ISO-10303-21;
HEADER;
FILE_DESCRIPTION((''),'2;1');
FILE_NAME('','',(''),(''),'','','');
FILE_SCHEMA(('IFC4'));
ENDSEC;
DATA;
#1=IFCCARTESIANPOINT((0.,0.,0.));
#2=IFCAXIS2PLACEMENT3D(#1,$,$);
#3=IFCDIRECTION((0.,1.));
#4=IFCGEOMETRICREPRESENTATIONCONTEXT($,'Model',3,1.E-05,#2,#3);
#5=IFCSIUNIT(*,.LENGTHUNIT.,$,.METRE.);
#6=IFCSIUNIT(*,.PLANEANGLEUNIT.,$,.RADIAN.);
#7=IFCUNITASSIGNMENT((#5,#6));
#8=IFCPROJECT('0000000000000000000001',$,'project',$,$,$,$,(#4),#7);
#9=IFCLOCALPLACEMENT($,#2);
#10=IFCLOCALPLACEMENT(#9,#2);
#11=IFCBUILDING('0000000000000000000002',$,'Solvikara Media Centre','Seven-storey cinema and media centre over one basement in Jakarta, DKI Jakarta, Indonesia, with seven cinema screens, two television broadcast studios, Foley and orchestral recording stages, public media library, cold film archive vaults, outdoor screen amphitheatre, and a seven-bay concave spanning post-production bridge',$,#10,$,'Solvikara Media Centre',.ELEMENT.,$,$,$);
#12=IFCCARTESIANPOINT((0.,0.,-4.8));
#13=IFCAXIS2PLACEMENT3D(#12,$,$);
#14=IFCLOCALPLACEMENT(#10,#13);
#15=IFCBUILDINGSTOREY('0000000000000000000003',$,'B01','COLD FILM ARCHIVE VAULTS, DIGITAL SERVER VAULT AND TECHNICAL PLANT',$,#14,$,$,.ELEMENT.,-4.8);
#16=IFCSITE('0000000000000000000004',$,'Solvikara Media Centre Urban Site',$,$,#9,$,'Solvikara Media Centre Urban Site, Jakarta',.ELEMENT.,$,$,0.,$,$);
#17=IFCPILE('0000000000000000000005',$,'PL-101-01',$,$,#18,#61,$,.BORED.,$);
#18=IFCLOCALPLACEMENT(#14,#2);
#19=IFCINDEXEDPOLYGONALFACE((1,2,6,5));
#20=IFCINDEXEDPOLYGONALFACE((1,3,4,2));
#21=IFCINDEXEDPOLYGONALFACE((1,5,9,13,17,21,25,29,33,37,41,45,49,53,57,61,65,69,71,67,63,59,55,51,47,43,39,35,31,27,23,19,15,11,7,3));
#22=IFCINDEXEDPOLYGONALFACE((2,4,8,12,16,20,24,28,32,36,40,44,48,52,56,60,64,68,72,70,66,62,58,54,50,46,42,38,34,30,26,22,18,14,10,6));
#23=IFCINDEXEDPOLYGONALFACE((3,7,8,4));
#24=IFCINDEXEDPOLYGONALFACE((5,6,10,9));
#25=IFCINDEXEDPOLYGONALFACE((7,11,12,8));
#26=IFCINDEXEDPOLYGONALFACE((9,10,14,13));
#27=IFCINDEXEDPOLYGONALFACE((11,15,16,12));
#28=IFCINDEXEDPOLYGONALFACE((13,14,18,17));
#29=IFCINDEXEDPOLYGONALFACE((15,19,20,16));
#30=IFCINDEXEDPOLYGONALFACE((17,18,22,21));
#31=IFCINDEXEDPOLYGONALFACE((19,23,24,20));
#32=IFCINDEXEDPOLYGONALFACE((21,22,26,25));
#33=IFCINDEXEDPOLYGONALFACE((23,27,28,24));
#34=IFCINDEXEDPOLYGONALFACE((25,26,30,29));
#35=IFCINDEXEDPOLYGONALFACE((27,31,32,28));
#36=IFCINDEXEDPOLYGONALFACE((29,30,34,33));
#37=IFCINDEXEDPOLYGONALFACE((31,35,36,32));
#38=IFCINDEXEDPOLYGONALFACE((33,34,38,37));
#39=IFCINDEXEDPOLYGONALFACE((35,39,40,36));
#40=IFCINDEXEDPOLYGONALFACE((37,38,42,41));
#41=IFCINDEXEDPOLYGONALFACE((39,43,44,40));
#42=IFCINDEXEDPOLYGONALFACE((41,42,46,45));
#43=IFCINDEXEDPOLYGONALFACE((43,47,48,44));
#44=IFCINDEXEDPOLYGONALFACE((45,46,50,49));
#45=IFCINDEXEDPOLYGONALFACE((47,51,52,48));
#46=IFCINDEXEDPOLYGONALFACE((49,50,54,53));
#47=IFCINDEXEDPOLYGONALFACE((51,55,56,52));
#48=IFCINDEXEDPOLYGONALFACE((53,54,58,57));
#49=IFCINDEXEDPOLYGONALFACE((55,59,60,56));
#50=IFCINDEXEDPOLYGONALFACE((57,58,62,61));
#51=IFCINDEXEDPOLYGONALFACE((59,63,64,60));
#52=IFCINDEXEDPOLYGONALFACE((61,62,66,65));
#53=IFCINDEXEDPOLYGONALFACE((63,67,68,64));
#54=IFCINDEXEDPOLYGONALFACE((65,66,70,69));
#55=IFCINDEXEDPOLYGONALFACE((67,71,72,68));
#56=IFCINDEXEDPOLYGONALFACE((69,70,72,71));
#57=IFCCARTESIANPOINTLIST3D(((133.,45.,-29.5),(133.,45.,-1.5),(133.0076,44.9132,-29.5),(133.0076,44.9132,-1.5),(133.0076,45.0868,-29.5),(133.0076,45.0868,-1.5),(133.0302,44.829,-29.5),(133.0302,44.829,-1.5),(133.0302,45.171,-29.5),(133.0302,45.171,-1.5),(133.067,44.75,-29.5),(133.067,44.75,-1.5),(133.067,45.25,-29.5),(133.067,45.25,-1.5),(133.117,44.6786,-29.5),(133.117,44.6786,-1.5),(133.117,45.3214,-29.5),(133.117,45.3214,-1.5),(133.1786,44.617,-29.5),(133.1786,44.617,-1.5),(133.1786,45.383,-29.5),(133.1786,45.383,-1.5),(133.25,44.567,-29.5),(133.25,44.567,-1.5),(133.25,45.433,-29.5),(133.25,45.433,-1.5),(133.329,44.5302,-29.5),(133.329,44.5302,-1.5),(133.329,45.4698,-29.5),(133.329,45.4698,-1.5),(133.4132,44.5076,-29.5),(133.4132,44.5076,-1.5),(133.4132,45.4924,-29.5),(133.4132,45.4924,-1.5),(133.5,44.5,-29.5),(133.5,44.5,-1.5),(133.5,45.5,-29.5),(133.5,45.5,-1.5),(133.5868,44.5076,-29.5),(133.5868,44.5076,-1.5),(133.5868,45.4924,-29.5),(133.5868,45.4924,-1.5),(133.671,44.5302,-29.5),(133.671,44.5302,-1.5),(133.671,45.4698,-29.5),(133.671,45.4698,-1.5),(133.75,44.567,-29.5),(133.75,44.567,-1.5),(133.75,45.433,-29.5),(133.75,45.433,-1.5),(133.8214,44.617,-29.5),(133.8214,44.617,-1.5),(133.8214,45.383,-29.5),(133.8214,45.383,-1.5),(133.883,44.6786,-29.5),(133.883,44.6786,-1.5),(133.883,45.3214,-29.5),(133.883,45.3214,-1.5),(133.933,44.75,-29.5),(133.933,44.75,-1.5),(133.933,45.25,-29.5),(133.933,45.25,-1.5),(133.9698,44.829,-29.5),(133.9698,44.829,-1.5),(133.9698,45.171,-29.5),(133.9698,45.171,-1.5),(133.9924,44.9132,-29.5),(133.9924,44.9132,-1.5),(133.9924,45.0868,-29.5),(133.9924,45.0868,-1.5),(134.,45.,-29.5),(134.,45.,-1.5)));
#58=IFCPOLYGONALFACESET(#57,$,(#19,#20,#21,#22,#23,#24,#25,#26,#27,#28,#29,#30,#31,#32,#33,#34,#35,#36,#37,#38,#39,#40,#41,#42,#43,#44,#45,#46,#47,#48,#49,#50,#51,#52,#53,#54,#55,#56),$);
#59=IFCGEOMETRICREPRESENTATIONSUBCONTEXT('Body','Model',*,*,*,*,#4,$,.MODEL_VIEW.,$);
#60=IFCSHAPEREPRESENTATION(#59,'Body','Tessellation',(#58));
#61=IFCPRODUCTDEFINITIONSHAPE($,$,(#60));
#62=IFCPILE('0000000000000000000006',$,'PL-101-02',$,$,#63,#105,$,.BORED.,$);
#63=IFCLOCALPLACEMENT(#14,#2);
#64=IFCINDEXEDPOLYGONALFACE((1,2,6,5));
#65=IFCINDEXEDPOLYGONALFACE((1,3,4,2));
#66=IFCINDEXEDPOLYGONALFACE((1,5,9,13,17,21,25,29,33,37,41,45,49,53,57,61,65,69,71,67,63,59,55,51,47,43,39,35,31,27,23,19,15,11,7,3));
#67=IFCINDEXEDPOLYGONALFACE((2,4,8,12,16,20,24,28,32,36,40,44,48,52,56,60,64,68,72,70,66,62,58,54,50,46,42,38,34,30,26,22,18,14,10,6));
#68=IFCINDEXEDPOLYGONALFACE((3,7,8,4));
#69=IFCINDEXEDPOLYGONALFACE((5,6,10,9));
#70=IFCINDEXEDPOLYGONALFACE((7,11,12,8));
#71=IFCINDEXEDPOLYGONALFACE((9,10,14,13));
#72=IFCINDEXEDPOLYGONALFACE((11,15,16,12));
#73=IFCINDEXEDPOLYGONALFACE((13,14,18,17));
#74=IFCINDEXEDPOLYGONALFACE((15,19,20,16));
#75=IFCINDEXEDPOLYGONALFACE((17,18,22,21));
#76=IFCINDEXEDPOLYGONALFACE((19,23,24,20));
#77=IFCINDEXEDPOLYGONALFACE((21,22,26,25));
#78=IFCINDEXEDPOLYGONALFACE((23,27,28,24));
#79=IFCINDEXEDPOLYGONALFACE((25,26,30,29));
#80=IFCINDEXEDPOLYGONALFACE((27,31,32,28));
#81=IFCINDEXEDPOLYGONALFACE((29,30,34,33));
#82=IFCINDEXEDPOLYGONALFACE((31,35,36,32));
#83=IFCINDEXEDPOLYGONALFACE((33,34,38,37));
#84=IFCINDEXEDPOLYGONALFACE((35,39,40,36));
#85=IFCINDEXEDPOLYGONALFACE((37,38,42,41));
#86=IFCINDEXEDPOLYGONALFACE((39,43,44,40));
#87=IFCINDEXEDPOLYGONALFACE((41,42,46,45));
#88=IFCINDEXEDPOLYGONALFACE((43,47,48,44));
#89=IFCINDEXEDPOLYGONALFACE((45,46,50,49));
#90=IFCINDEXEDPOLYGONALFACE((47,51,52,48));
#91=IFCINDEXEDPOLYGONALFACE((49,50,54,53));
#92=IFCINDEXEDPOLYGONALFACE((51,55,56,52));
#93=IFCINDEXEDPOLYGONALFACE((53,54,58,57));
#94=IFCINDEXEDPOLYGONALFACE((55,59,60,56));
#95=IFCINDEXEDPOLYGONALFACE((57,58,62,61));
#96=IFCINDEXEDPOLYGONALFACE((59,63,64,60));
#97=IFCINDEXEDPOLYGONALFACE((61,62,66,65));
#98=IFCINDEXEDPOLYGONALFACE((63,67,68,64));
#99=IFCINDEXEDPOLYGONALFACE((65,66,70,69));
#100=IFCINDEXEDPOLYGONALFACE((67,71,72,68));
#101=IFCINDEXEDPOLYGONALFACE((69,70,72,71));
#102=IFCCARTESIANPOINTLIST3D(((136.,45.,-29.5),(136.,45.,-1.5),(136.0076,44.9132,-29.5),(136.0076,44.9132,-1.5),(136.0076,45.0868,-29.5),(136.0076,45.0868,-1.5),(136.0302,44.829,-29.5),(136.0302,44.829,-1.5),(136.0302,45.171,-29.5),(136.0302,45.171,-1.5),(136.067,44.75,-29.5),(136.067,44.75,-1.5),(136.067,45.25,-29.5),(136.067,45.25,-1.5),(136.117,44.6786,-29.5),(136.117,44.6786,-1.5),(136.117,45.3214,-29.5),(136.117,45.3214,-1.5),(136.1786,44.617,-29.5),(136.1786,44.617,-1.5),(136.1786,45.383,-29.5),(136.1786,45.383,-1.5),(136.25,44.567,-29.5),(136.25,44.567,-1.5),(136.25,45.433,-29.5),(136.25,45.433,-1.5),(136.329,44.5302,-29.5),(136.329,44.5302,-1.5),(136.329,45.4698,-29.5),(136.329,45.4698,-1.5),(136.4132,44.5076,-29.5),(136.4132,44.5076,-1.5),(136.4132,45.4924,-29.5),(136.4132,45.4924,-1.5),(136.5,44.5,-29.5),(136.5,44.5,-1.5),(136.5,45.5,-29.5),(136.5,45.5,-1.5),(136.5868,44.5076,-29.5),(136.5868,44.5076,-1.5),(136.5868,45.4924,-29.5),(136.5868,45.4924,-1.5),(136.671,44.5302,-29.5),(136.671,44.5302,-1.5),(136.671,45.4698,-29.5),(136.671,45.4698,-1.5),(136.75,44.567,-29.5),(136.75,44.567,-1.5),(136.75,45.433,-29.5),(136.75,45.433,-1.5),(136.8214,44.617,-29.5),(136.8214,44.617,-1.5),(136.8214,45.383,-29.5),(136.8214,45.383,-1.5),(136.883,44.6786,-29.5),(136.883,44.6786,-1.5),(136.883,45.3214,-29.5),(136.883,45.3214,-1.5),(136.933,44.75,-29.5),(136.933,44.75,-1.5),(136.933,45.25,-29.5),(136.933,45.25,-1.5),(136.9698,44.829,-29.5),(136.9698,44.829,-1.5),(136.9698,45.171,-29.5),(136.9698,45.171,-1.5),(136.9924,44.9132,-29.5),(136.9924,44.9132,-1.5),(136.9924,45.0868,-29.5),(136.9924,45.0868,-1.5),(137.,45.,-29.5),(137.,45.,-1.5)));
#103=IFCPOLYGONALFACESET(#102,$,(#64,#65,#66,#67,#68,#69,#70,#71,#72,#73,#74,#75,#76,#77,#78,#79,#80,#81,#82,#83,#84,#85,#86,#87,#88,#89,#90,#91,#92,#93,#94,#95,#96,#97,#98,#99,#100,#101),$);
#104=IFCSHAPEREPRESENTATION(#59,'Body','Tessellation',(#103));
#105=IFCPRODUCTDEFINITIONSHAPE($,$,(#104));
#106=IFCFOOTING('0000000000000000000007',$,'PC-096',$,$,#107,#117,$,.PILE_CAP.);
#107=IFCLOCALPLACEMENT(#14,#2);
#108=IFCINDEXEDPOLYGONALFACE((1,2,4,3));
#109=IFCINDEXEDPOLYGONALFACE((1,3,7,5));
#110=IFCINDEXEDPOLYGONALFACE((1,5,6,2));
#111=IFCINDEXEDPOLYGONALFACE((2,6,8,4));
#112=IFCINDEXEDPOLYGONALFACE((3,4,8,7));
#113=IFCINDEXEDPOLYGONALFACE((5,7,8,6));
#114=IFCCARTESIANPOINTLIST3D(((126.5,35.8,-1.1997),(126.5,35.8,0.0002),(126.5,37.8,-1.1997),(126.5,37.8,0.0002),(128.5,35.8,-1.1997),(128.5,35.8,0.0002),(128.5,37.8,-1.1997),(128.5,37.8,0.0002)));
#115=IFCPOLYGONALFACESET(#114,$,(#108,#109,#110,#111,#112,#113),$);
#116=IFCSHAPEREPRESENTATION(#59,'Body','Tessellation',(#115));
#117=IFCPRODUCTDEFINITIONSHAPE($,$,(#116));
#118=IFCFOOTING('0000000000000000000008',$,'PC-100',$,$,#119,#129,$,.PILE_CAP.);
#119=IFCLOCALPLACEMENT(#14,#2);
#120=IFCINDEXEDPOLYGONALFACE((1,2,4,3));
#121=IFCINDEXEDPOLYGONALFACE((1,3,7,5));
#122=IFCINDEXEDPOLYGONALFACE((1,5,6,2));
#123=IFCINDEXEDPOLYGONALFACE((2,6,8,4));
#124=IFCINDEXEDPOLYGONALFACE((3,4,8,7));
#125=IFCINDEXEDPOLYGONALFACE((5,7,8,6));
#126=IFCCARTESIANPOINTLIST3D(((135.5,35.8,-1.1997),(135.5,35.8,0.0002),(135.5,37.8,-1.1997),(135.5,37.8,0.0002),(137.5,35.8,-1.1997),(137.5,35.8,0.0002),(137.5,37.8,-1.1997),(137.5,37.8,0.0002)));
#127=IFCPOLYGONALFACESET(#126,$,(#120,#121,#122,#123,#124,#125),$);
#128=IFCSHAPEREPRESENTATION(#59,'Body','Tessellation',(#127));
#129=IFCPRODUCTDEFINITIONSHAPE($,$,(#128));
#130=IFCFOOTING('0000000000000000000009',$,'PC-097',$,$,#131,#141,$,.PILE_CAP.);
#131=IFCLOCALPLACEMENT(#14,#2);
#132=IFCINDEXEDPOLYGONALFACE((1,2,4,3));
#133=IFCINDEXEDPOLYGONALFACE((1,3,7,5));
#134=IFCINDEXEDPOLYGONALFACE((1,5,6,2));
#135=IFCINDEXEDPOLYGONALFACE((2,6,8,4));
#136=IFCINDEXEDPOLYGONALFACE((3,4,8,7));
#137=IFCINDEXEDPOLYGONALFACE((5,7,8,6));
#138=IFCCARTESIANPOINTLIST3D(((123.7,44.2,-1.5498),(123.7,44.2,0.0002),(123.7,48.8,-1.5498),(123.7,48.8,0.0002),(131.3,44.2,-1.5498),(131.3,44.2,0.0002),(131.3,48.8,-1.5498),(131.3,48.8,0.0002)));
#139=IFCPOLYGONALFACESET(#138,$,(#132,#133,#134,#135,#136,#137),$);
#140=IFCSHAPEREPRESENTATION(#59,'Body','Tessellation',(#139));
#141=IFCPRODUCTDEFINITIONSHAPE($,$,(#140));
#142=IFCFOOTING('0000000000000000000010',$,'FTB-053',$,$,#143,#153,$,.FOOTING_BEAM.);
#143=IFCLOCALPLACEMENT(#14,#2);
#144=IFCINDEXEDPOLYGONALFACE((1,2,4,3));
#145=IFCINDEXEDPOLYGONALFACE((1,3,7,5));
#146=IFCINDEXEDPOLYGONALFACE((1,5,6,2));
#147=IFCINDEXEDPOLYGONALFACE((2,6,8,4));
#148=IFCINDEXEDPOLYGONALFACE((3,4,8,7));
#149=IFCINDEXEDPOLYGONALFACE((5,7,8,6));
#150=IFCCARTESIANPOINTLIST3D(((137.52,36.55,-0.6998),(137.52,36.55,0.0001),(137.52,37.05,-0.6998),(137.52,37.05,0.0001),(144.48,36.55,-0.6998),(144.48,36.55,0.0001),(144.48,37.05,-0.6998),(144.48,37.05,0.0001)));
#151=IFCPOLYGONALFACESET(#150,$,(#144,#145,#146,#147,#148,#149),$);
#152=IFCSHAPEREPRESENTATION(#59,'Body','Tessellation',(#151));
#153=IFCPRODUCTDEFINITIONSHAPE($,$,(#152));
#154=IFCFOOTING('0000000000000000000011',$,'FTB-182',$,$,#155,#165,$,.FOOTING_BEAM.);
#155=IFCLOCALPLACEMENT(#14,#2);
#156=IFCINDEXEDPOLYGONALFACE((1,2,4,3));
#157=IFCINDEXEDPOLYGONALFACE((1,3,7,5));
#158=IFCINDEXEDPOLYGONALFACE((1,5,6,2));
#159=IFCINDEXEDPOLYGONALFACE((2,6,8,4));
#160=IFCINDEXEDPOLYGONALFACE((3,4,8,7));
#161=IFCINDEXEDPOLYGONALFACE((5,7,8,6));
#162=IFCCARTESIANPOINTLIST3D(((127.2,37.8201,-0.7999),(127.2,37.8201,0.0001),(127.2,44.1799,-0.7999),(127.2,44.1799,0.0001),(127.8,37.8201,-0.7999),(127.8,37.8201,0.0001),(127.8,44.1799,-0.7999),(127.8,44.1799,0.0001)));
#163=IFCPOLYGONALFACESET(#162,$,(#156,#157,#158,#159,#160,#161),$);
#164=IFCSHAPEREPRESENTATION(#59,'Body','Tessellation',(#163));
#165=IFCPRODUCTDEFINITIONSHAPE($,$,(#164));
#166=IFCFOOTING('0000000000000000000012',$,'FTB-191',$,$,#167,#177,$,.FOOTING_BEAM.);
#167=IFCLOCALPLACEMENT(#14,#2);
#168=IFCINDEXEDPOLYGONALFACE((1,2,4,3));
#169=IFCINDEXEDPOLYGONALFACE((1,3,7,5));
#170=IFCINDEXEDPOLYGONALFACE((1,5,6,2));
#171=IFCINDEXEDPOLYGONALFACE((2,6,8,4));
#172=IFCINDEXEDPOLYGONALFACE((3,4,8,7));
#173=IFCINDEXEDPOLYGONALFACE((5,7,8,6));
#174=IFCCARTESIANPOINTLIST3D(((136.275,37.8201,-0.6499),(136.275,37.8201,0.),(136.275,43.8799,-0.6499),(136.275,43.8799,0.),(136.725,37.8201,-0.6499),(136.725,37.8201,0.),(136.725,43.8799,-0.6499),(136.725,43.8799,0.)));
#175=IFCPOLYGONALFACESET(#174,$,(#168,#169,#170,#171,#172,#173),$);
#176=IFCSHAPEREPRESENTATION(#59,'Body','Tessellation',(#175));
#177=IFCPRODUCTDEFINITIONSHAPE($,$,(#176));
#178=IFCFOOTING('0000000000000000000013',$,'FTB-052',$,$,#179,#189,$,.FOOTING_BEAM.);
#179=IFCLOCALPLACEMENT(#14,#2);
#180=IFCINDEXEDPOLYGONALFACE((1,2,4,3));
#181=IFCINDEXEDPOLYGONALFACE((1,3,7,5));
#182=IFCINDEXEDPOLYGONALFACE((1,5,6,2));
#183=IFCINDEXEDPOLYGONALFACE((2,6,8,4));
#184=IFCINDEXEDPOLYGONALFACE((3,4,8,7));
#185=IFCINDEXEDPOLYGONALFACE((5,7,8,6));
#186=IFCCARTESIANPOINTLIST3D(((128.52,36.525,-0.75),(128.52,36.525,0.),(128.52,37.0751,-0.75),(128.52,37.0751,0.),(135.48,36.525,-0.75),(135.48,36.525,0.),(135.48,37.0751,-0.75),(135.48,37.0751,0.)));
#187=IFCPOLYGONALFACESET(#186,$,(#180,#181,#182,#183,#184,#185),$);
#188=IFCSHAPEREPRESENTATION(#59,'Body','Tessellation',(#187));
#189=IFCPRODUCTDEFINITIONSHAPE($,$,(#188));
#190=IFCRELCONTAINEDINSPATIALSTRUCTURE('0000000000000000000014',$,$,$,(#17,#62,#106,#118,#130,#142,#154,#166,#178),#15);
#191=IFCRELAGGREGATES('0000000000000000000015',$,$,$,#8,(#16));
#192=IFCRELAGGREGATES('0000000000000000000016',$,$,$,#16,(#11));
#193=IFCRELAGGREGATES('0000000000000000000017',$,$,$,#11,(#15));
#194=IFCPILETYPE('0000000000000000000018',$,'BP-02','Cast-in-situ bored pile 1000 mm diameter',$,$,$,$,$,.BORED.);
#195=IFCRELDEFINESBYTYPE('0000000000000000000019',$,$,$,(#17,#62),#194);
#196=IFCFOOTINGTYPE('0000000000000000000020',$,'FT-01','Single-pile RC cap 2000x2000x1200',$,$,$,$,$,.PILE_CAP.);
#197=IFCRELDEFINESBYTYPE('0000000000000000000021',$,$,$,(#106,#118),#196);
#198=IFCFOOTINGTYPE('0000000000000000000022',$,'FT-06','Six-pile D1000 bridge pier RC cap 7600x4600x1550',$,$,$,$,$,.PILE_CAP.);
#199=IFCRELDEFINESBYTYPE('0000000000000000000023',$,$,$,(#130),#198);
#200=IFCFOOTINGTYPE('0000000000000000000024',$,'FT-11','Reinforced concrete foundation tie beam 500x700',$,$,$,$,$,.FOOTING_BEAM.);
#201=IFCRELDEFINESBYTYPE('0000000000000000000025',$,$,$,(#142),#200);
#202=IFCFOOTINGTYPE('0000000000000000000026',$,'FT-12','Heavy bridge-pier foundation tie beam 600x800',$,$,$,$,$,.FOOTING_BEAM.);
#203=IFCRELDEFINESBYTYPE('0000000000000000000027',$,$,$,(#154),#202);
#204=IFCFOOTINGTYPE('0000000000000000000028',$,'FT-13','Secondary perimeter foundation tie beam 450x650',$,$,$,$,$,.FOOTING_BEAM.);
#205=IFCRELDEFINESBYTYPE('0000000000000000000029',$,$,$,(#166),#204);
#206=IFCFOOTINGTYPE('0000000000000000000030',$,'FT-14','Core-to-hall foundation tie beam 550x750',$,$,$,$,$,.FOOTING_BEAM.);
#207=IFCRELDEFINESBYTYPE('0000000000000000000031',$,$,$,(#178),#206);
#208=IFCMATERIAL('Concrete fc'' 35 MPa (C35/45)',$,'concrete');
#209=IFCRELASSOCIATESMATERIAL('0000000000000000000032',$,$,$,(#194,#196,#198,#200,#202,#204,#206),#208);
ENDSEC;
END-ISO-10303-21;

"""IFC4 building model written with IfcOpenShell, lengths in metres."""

from ifc_helpers import new_model, si_unit, direction, frame, origin, origin_2d, place, context, subcontext, project, spatial, rectangle, circle, extrude, material, material_profile, profile_set, type_object, element, save


model = new_model("IFC4")

# Units and contexts
model_context = context("Model", 3, precision=1e-05, world=origin(), true_north=direction((0.0, 1.0)))
body_context = subcontext(model_context, "Body", "Model", "MODEL_VIEW")
ifc_project = project(units=[si_unit("LENGTHUNIT", "METRE"), si_unit("PLANEANGLEUNIT", "RADIAN")], contexts=[model_context])

# Site, building, storey
site_placement = place(None, origin())
site = spatial("IfcSite", under=ifc_project, at=site_placement, Name="Solvikara Media Centre Urban Site", LongName="Solvikara Media Centre Urban Site, Jakarta", CompositionType="ELEMENT", RefElevation=0.0)
building_placement = place(site_placement, origin())
building = spatial("IfcBuilding", under=site, at=building_placement, Name="Solvikara Media Centre", Description="Seven-storey cinema and media centre over one basement in Jakarta, DKI Jakarta, Indonesia, with seven cinema screens, two television broadcast studios, Foley and orchestral recording stages, public media library, cold film archive vaults, outdoor screen amphitheatre, and a seven-bay concave spanning post-production bridge", LongName="Solvikara Media Centre", CompositionType="ELEMENT")
storey_placement = place(building_placement, frame((0.0, 0.0, -4.8)))
storey = spatial("IfcBuildingStorey", under=building, at=storey_placement, Name="B01", Description="COLD FILM ARCHIVE VAULTS, DIGITAL SERVER VAULT AND TECHNICAL PLANT", CompositionType="ELEMENT", Elevation=-4.8)

# Piles
ifc_material_1 = material(Name="Concrete fc' 35 MPa (C35/45)", Category="concrete")
ifc_material_profile_1 = material_profile(ifc_material_1, circle(Radius=0.5, at=origin_2d()), Name="BORED PILE D1000")
ifc_profile_set_1 = profile_set([ifc_material_profile_1], Name="Concrete fc' 35 MPa (C35/45)")
pile_type_1 = type_object("IfcPileType", Name="BP-02", Description="Cast-in-situ bored pile 1000 mm diameter", PredefinedType="BORED", material=ifc_profile_set_1)
for number, where, z_axis, x_axis, name in (
    (1, (133.5, 45.0, -1.5), (0.0, 0.0, -1.0), (1.0, 0.0, 0.0), "PL-101-01"),
    (2, (136.5, 45.0, -1.5), (0.0, 0.0, -1.0), (1.0, 0.0, 0.0), "PL-101-02"),
):
    element("IfcPile", number, at=place(storey_placement, frame(where, z_axis=z_axis, x_axis=x_axis)), inside=storey, type_object=pile_type_1, Name=name, PredefinedType="BORED", context=body_context, shape_type="SweptSolid", body=[
        extrude(circle(Radius=0.5, at=origin_2d()), origin(), (0.0, 0.0, 1.0), 28.0),
    ])

# Footings
footing_type_1 = type_object("IfcFootingType", Name="FT-01", Description="Single-pile RC cap 2000x2000x1200", PredefinedType="PILE_CAP", material=ifc_material_1)
for number, where, z_axis, x_axis, name in (
    (3, (127.5, 36.8, -1.1997), (0.0, 0.0, 1.0), (1.0, 0.0, 0.0), "PC-096"),
    (4, (136.5, 36.8, -1.1997), (0.0, 0.0, 1.0), (1.0, 0.0, 0.0), "PC-100"),
):
    element("IfcFooting", number, at=place(storey_placement, frame(where, z_axis=z_axis, x_axis=x_axis)), inside=storey, type_object=footing_type_1, Name=name, PredefinedType="PILE_CAP", context=body_context, shape_type="SweptSolid", body=[
        extrude(rectangle(XDim=2.0, YDim=2.0, at=origin_2d()), origin(), (0.0, 0.0, 1.0), 1.2),
    ])
footing_type_2 = type_object("IfcFootingType", Name="FT-06", Description="Six-pile D1000 bridge pier RC cap 7600x4600x1550", PredefinedType="PILE_CAP", material=ifc_material_1)
footing_1_placement = place(storey_placement, frame((127.5, 46.5, -1.5498), z_axis=(0.0, 0.0, 1.0), x_axis=(1.0, 0.0, 0.0)))
element("IfcFooting", 5, at=footing_1_placement, inside=storey, type_object=footing_type_2, Name="PC-097", PredefinedType="PILE_CAP", context=body_context, shape_type="SweptSolid", body=[
    extrude(rectangle(XDim=7.6001, YDim=4.6001, at=origin_2d()), origin(), (0.0, 0.0, 1.0), 1.55),
])
ifc_material_profile_2 = material_profile(ifc_material_1, rectangle(XDim=0.5, YDim=0.7, at=origin_2d()), Name="RC 500x700")
ifc_profile_set_2 = profile_set([ifc_material_profile_2], Name="Concrete fc' 35 MPa (C35/45)")
footing_type_3 = type_object("IfcFootingType", Name="FT-11", Description="Reinforced concrete foundation tie beam 500x700", PredefinedType="FOOTING_BEAM", material=ifc_profile_set_2)
footing_2_placement = place(storey_placement, frame((137.52, 36.8, -0.3499), z_axis=(1.0, 0.0, 0.0), x_axis=(0.0, 1.0, 0.0)))
element("IfcFooting", 6, at=footing_2_placement, inside=storey, type_object=footing_type_3, Name="FTB-053", PredefinedType="FOOTING_BEAM", context=body_context, shape_type="SweptSolid", body=[
    extrude(rectangle(XDim=0.5, YDim=0.7, at=origin_2d()), origin(), (0.0, 0.0, 1.0), 6.96),
])
ifc_material_profile_3 = material_profile(ifc_material_1, rectangle(XDim=0.6001, YDim=0.8, at=origin_2d()), Name="RC 600x800")
ifc_profile_set_3 = profile_set([ifc_material_profile_3], Name="Concrete fc' 35 MPa (C35/45)")
footing_type_4 = type_object("IfcFootingType", Name="FT-12", Description="Heavy bridge-pier foundation tie beam 600x800", PredefinedType="FOOTING_BEAM", material=ifc_profile_set_3)
footing_3_placement = place(storey_placement, frame((127.5, 37.8201, -0.3999), z_axis=(0.0, 1.0, 0.0), x_axis=(-1.0, 0.0, 0.0)))
element("IfcFooting", 7, at=footing_3_placement, inside=storey, type_object=footing_type_4, Name="FTB-182", PredefinedType="FOOTING_BEAM", context=body_context, shape_type="SweptSolid", body=[
    extrude(rectangle(XDim=0.6001, YDim=0.8, at=origin_2d()), origin(), (0.0, 0.0, 1.0), 6.3599),
])
ifc_material_profile_4 = material_profile(ifc_material_1, rectangle(XDim=0.45, YDim=0.6499, at=origin_2d()), Name="RC 450x650")
ifc_profile_set_4 = profile_set([ifc_material_profile_4], Name="Concrete fc' 35 MPa (C35/45)")
footing_type_5 = type_object("IfcFootingType", Name="FT-13", Description="Secondary perimeter foundation tie beam 450x650", PredefinedType="FOOTING_BEAM", material=ifc_profile_set_4)
footing_4_placement = place(storey_placement, frame((136.5, 37.8201, -0.325), z_axis=(0.0, 1.0, 0.0), x_axis=(-1.0, 0.0, 0.0)))
element("IfcFooting", 8, at=footing_4_placement, inside=storey, type_object=footing_type_5, Name="FTB-191", PredefinedType="FOOTING_BEAM", context=body_context, shape_type="SweptSolid", body=[
    extrude(rectangle(XDim=0.45, YDim=0.6499, at=origin_2d()), origin(), (0.0, 0.0, 1.0), 6.0598),
])
ifc_material_profile_5 = material_profile(ifc_material_1, rectangle(XDim=0.55, YDim=0.75, at=origin_2d()), Name="RC 550x750")
ifc_profile_set_5 = profile_set([ifc_material_profile_5], Name="Concrete fc' 35 MPa (C35/45)")
footing_type_6 = type_object("IfcFootingType", Name="FT-14", Description="Core-to-hall foundation tie beam 550x750", PredefinedType="FOOTING_BEAM", material=ifc_profile_set_5)
footing_5_placement = place(storey_placement, frame((128.52, 36.8, -0.375), z_axis=(1.0, 0.0, 0.0), x_axis=(0.0, 1.0, 0.0)))
element("IfcFooting", 9, at=footing_5_placement, inside=storey, type_object=footing_type_6, Name="FTB-052", PredefinedType="FOOTING_BEAM", context=body_context, shape_type="SweptSolid", body=[
    extrude(rectangle(XDim=0.55, YDim=0.75, at=origin_2d()), origin(), (0.0, 0.0, 1.0), 6.96),
])

save(model, "model.ifc")
